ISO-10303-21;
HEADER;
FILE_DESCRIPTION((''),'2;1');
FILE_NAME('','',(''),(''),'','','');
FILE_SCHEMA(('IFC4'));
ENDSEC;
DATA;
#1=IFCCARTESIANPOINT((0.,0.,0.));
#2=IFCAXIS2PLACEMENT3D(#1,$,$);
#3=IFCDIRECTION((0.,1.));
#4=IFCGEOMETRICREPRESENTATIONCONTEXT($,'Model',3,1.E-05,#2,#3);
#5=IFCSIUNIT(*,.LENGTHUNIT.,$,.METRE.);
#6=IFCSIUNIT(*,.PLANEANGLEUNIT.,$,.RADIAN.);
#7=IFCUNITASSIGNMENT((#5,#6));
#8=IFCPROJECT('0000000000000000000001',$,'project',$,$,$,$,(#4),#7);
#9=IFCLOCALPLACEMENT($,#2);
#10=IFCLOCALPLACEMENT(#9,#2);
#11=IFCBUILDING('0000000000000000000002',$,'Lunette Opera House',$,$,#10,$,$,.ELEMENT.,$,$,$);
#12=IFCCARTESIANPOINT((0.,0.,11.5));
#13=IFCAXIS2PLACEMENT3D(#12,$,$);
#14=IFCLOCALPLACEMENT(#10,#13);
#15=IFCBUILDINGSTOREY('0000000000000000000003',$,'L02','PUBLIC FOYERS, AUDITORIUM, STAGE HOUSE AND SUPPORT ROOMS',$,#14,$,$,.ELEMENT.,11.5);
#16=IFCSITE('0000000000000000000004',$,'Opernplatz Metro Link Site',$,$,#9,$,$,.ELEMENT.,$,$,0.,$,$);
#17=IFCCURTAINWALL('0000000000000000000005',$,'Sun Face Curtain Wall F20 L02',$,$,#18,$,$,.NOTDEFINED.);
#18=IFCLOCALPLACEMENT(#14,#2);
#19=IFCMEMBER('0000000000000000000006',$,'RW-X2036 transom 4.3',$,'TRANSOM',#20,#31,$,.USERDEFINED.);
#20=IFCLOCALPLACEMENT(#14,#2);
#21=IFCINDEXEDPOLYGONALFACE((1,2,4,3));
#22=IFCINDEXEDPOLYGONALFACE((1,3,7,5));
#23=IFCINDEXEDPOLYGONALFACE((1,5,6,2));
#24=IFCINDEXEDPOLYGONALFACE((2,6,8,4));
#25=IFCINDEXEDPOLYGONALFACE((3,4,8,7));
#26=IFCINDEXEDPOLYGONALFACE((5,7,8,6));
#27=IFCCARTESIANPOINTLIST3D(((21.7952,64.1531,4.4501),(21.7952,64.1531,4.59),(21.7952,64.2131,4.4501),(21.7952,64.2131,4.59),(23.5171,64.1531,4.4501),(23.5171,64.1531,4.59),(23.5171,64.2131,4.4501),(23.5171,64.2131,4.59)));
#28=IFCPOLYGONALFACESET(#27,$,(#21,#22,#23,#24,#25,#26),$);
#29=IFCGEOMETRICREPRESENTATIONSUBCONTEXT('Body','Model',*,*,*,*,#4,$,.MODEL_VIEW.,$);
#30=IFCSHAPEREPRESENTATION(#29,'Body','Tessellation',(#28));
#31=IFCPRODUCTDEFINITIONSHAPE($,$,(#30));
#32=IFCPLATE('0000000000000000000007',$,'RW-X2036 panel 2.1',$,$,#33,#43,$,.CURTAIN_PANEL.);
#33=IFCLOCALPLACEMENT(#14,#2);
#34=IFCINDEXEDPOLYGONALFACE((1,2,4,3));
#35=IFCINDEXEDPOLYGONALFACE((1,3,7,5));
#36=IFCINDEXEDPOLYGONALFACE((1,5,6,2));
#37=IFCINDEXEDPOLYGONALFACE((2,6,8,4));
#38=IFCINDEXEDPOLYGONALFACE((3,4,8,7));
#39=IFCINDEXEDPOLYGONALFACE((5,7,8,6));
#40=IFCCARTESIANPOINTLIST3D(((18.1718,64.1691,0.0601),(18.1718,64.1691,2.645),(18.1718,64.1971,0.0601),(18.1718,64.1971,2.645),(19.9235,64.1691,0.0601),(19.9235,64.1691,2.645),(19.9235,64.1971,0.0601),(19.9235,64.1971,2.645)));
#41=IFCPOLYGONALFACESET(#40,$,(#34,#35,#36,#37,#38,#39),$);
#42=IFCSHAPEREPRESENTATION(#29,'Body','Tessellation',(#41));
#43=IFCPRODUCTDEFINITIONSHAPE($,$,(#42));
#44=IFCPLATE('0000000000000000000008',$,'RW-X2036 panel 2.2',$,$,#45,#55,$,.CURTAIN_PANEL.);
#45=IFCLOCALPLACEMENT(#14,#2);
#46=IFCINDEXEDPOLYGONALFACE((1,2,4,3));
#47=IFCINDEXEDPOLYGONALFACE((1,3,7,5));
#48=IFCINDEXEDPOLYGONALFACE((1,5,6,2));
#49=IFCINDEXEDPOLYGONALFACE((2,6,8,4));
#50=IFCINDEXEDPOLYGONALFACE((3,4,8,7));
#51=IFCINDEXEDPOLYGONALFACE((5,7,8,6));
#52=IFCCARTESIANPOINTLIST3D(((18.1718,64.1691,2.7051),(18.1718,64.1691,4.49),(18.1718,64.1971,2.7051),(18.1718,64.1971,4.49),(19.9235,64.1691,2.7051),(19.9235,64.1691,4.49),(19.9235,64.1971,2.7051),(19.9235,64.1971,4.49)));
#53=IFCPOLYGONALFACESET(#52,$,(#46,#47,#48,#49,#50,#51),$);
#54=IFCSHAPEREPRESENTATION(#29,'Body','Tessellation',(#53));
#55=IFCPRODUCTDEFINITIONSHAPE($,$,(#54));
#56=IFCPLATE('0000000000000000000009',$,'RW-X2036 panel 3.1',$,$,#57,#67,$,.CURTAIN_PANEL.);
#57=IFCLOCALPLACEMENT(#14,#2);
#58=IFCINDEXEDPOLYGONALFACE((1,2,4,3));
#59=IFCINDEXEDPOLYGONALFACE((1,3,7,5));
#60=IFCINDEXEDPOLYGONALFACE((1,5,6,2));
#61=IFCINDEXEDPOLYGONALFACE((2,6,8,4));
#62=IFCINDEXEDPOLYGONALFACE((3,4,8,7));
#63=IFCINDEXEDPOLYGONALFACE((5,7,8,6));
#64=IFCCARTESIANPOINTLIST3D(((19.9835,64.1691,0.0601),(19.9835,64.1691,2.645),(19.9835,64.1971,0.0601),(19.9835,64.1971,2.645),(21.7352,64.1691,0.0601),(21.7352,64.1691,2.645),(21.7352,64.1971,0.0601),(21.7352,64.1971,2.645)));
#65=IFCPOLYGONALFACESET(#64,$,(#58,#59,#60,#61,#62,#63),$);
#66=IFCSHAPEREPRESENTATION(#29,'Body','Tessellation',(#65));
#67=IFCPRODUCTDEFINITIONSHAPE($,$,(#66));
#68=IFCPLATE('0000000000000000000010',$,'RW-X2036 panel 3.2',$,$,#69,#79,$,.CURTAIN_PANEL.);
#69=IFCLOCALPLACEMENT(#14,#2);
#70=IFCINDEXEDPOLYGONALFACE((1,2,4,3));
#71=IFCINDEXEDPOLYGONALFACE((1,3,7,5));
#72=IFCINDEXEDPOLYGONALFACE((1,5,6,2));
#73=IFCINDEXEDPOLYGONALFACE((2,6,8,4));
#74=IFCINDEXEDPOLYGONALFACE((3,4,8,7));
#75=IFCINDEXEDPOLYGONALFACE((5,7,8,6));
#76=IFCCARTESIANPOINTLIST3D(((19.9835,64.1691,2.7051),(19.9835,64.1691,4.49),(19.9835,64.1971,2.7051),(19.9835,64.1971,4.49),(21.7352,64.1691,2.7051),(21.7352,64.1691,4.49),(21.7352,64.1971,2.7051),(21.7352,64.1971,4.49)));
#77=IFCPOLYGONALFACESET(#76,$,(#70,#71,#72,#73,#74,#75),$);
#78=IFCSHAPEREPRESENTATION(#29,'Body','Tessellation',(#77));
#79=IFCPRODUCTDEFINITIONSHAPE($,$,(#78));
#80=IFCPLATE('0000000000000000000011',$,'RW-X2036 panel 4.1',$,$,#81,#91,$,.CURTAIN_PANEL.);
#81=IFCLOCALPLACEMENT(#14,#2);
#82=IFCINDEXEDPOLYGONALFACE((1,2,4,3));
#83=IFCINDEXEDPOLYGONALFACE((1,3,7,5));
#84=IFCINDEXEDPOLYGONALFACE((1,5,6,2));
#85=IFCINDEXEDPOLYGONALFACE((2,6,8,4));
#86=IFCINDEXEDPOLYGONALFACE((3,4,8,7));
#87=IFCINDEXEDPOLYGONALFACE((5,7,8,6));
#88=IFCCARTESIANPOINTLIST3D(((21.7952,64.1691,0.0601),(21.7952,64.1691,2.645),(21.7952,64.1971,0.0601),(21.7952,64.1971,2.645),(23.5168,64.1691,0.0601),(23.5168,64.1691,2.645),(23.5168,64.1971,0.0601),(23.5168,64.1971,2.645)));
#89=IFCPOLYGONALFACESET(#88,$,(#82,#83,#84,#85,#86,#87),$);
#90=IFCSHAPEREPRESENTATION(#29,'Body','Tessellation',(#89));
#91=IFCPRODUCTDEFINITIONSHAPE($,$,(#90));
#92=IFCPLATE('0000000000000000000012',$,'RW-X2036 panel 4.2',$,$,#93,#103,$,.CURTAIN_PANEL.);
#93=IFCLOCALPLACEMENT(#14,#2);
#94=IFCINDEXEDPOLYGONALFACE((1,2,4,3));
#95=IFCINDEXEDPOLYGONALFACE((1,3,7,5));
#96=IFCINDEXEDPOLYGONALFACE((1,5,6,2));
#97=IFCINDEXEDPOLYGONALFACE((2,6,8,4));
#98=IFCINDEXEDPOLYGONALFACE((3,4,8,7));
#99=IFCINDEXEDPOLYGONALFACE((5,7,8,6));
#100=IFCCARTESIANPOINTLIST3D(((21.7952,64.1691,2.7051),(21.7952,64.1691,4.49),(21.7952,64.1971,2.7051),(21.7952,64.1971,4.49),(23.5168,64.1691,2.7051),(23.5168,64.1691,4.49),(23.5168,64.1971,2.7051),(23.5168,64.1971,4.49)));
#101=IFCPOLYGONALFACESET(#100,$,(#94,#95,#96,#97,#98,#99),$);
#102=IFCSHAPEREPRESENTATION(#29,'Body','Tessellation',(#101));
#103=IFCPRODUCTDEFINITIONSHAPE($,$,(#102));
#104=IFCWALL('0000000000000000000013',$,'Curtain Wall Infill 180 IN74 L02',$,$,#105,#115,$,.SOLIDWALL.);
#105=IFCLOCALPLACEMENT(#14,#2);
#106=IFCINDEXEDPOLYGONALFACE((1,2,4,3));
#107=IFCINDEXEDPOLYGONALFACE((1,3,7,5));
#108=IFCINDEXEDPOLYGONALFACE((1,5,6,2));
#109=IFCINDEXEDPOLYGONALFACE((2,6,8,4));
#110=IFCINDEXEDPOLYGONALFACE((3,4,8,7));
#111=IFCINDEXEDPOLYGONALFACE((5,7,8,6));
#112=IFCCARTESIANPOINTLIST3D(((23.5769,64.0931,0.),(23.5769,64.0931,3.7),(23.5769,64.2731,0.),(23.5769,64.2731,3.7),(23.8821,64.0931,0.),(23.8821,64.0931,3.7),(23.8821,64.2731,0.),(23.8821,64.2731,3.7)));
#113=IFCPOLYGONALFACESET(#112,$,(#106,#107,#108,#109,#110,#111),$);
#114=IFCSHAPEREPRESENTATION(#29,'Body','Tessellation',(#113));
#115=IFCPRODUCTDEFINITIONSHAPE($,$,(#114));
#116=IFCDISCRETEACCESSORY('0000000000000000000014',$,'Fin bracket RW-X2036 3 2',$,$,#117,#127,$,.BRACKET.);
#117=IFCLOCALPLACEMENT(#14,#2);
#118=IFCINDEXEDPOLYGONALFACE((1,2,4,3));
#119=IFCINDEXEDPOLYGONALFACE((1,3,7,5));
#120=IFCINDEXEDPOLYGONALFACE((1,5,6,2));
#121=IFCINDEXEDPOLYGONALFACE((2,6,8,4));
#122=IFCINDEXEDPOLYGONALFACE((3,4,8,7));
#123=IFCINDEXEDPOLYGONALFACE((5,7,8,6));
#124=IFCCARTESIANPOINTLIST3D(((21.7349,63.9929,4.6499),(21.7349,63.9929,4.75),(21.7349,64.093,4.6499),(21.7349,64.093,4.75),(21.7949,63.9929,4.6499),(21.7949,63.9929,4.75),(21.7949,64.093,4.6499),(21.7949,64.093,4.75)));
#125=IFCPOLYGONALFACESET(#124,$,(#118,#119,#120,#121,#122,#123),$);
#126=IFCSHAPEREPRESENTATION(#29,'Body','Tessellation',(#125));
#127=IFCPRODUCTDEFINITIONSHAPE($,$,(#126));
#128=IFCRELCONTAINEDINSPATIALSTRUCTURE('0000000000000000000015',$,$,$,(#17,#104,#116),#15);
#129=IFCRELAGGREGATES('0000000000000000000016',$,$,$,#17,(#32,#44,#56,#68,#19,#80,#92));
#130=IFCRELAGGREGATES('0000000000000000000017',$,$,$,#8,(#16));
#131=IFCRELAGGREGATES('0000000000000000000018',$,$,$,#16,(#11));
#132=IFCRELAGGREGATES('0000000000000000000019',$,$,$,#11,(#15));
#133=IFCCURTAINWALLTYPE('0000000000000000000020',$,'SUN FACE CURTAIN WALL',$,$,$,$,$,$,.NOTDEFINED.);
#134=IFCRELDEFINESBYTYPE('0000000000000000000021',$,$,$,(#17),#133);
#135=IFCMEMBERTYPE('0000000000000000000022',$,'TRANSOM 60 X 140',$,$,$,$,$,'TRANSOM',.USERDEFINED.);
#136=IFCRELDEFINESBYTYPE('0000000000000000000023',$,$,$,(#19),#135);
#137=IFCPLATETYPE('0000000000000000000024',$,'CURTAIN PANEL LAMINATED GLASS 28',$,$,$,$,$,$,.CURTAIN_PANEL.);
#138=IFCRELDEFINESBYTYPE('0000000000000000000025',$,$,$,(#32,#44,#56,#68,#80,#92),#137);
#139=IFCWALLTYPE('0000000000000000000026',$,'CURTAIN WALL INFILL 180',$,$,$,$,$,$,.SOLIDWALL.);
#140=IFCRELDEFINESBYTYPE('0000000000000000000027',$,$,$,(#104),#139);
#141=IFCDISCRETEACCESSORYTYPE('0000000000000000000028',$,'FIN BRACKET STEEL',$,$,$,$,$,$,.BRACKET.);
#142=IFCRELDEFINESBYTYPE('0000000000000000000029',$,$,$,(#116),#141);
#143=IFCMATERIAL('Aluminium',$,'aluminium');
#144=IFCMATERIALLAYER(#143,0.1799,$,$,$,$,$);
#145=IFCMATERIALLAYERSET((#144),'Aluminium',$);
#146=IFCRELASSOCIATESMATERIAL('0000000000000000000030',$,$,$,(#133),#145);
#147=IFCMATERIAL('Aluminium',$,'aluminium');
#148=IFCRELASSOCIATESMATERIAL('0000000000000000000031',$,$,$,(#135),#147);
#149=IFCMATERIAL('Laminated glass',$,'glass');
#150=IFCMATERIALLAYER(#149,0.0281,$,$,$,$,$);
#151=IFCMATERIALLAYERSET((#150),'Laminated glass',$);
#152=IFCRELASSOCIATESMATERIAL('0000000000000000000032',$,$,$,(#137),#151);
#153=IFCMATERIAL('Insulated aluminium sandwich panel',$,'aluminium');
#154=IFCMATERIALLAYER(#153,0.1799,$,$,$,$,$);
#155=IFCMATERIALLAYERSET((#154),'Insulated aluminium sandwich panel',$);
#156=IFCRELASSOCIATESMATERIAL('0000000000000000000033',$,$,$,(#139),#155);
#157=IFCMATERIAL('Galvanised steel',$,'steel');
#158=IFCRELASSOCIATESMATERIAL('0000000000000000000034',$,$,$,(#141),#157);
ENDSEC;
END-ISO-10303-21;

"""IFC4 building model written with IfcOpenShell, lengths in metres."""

from ifc_helpers import new_model, si_unit, direction, frame, frame_2d, origin, origin_2d, place, context, subcontext, project, spatial, rectangle, extrude, material, layer, layer_set, material_profile, profile_set, type_object, element, aggregate, save


model = new_model("IFC4")

# Units and contexts
model_context = context("Model", 3, precision=1e-05, world=origin(), true_north=direction((0.0, 1.0)))
body_context = subcontext(model_context, "Body", "Model", "MODEL_VIEW")
ifc_project = project(units=[si_unit("LENGTHUNIT", "METRE"), si_unit("PLANEANGLEUNIT", "RADIAN")], contexts=[model_context])

# Site, building, storey
site_placement = place(None, origin())
site = spatial("IfcSite", under=ifc_project, at=site_placement, Name="Opernplatz Metro Link Site", CompositionType="ELEMENT", RefElevation=0.0)
building_placement = place(site_placement, origin())
building = spatial("IfcBuilding", under=site, at=building_placement, Name="Lunette Opera House", CompositionType="ELEMENT")
storey_placement = place(building_placement, frame((0.0, 0.0, 11.5)))
storey = spatial("IfcBuildingStorey", under=building, at=storey_placement, Name="L02", Description="PUBLIC FOYERS, AUDITORIUM, STAGE HOUSE AND SUPPORT ROOMS", CompositionType="ELEMENT", Elevation=11.5)

# Curtain wall
ifc_material_1 = material(Name="Aluminium", Category="aluminium")
ifc_layer_1 = layer(ifc_material_1, 0.1799)
ifc_layer_set_1 = layer_set([ifc_layer_1], Name="Aluminium")
curtain_wall_type = type_object("IfcCurtainWallType", Name="SUN FACE CURTAIN WALL", PredefinedType="NOTDEFINED", material=ifc_layer_set_1)
curtain_wall_placement = place(storey_placement, origin())
curtain_wall = element("IfcCurtainWall", 1, at=curtain_wall_placement, inside=storey, type_object=curtain_wall_type, Name="Sun Face Curtain Wall F20 L02", PredefinedType="NOTDEFINED")

# Member
ifc_material_2 = material(Name="Aluminium", Category="aluminium")
ifc_material_profile_1 = material_profile(ifc_material_2, rectangle(XDim=0.0601, YDim=0.1399, at=origin_2d()), Name="TRANSOM 60 X 140")
ifc_profile_set_1 = profile_set([ifc_material_profile_1], Name="Aluminium")
member_type_1 = type_object("IfcMemberType", Name="TRANSOM 60 X 140", ElementType="TRANSOM", PredefinedType="USERDEFINED", material=ifc_profile_set_1)
member_1_placement = place(storey_placement, frame((21.7952, 64.1831, 4.52), z_axis=(1.0, 0.0, 0.0), x_axis=(0.0, 1.0, 0.0)))
member_1 = element("IfcMember", 2, at=member_1_placement, type_object=member_type_1, Name="RW-X2036 transom 4.3", ObjectType="TRANSOM", PredefinedType="USERDEFINED", context=body_context, shape_type="SweptSolid", body=[
    extrude(rectangle(XDim=0.0601, YDim=0.1399, at=origin_2d()), origin(), (0.0, 0.0, 1.0), 1.7219),
])

# Plates
ifc_material_3 = material(Name="Laminated glass", Category="glass")
ifc_layer_2 = layer(ifc_material_3, 0.0281)
ifc_layer_set_2 = layer_set([ifc_layer_2], Name="Laminated glass")
plate_type = type_object("IfcPlateType", Name="CURTAIN PANEL LAMINATED GLASS 28", PredefinedType="CURTAIN_PANEL", material=ifc_layer_set_2)
plate_1_placement = place(storey_placement, frame((19.0476, 64.1831, 0.0601), z_axis=(0.0, 0.0, 1.0), x_axis=(1.0, 0.0, 0.0)))
plate_1 = element("IfcPlate", 3, at=plate_1_placement, type_object=plate_type, Name="RW-X2036 panel 2.1", PredefinedType="CURTAIN_PANEL", context=body_context, shape_type="SweptSolid", body=[
    extrude(rectangle(XDim=1.7517, YDim=0.0281, at=origin_2d()), origin(), (0.0, 0.0, 1.0), 2.585),
])
plate_2_placement = place(storey_placement, frame((19.0476, 64.1831, 2.7051), z_axis=(0.0, 0.0, 1.0), x_axis=(1.0, 0.0, 0.0)))
plate_2 = element("IfcPlate", 4, at=plate_2_placement, type_object=plate_type, Name="RW-X2036 panel 2.2", PredefinedType="CURTAIN_PANEL", context=body_context, shape_type="SweptSolid", body=[
    extrude(rectangle(XDim=1.7517, YDim=0.0281, at=origin_2d()), origin(), (0.0, 0.0, 1.0), 1.7849),
])
plate_3_placement = place(storey_placement, frame((20.8594, 64.1831, 0.0601), z_axis=(0.0, 0.0, 1.0), x_axis=(1.0, 0.0, 0.0)))
plate_3 = element("IfcPlate", 5, at=plate_3_placement, type_object=plate_type, Name="RW-X2036 panel 3.1", PredefinedType="CURTAIN_PANEL", context=body_context, shape_type="SweptSolid", body=[
    extrude(rectangle(XDim=1.7517, YDim=0.0281, at=origin_2d()), origin(), (0.0, 0.0, 1.0), 2.585),
])
plate_4_placement = place(storey_placement, frame((20.8594, 64.1831, 2.7051), z_axis=(0.0, 0.0, 1.0), x_axis=(1.0, 0.0, 0.0)))
plate_4 = element("IfcPlate", 6, at=plate_4_placement, type_object=plate_type, Name="RW-X2036 panel 3.2", PredefinedType="CURTAIN_PANEL", context=body_context, shape_type="SweptSolid", body=[
    extrude(rectangle(XDim=1.7517, YDim=0.0281, at=origin_2d()), origin(), (0.0, 0.0, 1.0), 1.7849),
])
plate_5_placement = place(storey_placement, frame((22.656, 64.1831, 0.0601), z_axis=(0.0, 0.0, 1.0), x_axis=(1.0, 0.0, 0.0)))
plate_5 = element("IfcPlate", 7, at=plate_5_placement, type_object=plate_type, Name="RW-X2036 panel 4.1", PredefinedType="CURTAIN_PANEL", context=body_context, shape_type="SweptSolid", body=[
    extrude(rectangle(XDim=1.7217, YDim=0.0281, at=origin_2d()), origin(), (0.0, 0.0, 1.0), 2.585),
])
plate_6_placement = place(storey_placement, frame((22.656, 64.1831, 2.7051), z_axis=(0.0, 0.0, 1.0), x_axis=(1.0, 0.0, 0.0)))
plate_6 = element("IfcPlate", 8, at=plate_6_placement, type_object=plate_type, Name="RW-X2036 panel 4.2", PredefinedType="CURTAIN_PANEL", context=body_context, shape_type="SweptSolid", body=[
    extrude(rectangle(XDim=1.7217, YDim=0.0281, at=origin_2d()), origin(), (0.0, 0.0, 1.0), 1.7849),
])
aggregate(curtain_wall, [plate_1, plate_2, plate_3, plate_4, member_1, plate_5, plate_6])

# Wall
ifc_material_4 = material(Name="Insulated aluminium sandwich panel", Category="aluminium")
ifc_layer_3 = layer(ifc_material_4, 0.1799)
ifc_layer_set_3 = layer_set([ifc_layer_3], Name="Insulated aluminium sandwich panel")
wall_type = type_object("IfcWallType", Name="CURTAIN WALL INFILL 180", PredefinedType="SOLIDWALL", material=ifc_layer_set_3)
wall_placement = place(storey_placement, frame((23.5769, 64.1831, 0.0), z_axis=(0.0, 0.0, 1.0), x_axis=(1.0, 0.0, 0.0)))
element("IfcWall", 9, at=wall_placement, inside=storey, type_object=wall_type, Name="Curtain Wall Infill 180 IN74 L02", PredefinedType="SOLIDWALL", context=body_context, shape_type="SweptSolid", body=[
    extrude(rectangle(XDim=0.3052, YDim=0.1799, at=frame_2d((0.1526, 0.0))), origin(), (0.0, 0.0, 1.0), 3.7),
])

# Discrete accessory
ifc_material_5 = material(Name="Galvanised steel", Category="steel")
discrete_accessory_type = type_object("IfcDiscreteAccessoryType", Name="FIN BRACKET STEEL", PredefinedType="BRACKET", material=ifc_material_5)
discrete_accessory_placement = place(storey_placement, frame((21.7649, 64.043, 4.6499), z_axis=(0.0, 0.0, 1.0), x_axis=(0.0, -1.0, 0.0)))
element("IfcDiscreteAccessory", 10, at=discrete_accessory_placement, inside=storey, type_object=discrete_accessory_type, Name="Fin bracket RW-X2036 3 2", PredefinedType="BRACKET", context=body_context, shape_type="SweptSolid", body=[
    extrude(rectangle(XDim=0.1001, YDim=0.0601, at=origin_2d()), origin(), (0.0, 0.0, 1.0), 0.1001),
])

save(model, "model.ifc")
